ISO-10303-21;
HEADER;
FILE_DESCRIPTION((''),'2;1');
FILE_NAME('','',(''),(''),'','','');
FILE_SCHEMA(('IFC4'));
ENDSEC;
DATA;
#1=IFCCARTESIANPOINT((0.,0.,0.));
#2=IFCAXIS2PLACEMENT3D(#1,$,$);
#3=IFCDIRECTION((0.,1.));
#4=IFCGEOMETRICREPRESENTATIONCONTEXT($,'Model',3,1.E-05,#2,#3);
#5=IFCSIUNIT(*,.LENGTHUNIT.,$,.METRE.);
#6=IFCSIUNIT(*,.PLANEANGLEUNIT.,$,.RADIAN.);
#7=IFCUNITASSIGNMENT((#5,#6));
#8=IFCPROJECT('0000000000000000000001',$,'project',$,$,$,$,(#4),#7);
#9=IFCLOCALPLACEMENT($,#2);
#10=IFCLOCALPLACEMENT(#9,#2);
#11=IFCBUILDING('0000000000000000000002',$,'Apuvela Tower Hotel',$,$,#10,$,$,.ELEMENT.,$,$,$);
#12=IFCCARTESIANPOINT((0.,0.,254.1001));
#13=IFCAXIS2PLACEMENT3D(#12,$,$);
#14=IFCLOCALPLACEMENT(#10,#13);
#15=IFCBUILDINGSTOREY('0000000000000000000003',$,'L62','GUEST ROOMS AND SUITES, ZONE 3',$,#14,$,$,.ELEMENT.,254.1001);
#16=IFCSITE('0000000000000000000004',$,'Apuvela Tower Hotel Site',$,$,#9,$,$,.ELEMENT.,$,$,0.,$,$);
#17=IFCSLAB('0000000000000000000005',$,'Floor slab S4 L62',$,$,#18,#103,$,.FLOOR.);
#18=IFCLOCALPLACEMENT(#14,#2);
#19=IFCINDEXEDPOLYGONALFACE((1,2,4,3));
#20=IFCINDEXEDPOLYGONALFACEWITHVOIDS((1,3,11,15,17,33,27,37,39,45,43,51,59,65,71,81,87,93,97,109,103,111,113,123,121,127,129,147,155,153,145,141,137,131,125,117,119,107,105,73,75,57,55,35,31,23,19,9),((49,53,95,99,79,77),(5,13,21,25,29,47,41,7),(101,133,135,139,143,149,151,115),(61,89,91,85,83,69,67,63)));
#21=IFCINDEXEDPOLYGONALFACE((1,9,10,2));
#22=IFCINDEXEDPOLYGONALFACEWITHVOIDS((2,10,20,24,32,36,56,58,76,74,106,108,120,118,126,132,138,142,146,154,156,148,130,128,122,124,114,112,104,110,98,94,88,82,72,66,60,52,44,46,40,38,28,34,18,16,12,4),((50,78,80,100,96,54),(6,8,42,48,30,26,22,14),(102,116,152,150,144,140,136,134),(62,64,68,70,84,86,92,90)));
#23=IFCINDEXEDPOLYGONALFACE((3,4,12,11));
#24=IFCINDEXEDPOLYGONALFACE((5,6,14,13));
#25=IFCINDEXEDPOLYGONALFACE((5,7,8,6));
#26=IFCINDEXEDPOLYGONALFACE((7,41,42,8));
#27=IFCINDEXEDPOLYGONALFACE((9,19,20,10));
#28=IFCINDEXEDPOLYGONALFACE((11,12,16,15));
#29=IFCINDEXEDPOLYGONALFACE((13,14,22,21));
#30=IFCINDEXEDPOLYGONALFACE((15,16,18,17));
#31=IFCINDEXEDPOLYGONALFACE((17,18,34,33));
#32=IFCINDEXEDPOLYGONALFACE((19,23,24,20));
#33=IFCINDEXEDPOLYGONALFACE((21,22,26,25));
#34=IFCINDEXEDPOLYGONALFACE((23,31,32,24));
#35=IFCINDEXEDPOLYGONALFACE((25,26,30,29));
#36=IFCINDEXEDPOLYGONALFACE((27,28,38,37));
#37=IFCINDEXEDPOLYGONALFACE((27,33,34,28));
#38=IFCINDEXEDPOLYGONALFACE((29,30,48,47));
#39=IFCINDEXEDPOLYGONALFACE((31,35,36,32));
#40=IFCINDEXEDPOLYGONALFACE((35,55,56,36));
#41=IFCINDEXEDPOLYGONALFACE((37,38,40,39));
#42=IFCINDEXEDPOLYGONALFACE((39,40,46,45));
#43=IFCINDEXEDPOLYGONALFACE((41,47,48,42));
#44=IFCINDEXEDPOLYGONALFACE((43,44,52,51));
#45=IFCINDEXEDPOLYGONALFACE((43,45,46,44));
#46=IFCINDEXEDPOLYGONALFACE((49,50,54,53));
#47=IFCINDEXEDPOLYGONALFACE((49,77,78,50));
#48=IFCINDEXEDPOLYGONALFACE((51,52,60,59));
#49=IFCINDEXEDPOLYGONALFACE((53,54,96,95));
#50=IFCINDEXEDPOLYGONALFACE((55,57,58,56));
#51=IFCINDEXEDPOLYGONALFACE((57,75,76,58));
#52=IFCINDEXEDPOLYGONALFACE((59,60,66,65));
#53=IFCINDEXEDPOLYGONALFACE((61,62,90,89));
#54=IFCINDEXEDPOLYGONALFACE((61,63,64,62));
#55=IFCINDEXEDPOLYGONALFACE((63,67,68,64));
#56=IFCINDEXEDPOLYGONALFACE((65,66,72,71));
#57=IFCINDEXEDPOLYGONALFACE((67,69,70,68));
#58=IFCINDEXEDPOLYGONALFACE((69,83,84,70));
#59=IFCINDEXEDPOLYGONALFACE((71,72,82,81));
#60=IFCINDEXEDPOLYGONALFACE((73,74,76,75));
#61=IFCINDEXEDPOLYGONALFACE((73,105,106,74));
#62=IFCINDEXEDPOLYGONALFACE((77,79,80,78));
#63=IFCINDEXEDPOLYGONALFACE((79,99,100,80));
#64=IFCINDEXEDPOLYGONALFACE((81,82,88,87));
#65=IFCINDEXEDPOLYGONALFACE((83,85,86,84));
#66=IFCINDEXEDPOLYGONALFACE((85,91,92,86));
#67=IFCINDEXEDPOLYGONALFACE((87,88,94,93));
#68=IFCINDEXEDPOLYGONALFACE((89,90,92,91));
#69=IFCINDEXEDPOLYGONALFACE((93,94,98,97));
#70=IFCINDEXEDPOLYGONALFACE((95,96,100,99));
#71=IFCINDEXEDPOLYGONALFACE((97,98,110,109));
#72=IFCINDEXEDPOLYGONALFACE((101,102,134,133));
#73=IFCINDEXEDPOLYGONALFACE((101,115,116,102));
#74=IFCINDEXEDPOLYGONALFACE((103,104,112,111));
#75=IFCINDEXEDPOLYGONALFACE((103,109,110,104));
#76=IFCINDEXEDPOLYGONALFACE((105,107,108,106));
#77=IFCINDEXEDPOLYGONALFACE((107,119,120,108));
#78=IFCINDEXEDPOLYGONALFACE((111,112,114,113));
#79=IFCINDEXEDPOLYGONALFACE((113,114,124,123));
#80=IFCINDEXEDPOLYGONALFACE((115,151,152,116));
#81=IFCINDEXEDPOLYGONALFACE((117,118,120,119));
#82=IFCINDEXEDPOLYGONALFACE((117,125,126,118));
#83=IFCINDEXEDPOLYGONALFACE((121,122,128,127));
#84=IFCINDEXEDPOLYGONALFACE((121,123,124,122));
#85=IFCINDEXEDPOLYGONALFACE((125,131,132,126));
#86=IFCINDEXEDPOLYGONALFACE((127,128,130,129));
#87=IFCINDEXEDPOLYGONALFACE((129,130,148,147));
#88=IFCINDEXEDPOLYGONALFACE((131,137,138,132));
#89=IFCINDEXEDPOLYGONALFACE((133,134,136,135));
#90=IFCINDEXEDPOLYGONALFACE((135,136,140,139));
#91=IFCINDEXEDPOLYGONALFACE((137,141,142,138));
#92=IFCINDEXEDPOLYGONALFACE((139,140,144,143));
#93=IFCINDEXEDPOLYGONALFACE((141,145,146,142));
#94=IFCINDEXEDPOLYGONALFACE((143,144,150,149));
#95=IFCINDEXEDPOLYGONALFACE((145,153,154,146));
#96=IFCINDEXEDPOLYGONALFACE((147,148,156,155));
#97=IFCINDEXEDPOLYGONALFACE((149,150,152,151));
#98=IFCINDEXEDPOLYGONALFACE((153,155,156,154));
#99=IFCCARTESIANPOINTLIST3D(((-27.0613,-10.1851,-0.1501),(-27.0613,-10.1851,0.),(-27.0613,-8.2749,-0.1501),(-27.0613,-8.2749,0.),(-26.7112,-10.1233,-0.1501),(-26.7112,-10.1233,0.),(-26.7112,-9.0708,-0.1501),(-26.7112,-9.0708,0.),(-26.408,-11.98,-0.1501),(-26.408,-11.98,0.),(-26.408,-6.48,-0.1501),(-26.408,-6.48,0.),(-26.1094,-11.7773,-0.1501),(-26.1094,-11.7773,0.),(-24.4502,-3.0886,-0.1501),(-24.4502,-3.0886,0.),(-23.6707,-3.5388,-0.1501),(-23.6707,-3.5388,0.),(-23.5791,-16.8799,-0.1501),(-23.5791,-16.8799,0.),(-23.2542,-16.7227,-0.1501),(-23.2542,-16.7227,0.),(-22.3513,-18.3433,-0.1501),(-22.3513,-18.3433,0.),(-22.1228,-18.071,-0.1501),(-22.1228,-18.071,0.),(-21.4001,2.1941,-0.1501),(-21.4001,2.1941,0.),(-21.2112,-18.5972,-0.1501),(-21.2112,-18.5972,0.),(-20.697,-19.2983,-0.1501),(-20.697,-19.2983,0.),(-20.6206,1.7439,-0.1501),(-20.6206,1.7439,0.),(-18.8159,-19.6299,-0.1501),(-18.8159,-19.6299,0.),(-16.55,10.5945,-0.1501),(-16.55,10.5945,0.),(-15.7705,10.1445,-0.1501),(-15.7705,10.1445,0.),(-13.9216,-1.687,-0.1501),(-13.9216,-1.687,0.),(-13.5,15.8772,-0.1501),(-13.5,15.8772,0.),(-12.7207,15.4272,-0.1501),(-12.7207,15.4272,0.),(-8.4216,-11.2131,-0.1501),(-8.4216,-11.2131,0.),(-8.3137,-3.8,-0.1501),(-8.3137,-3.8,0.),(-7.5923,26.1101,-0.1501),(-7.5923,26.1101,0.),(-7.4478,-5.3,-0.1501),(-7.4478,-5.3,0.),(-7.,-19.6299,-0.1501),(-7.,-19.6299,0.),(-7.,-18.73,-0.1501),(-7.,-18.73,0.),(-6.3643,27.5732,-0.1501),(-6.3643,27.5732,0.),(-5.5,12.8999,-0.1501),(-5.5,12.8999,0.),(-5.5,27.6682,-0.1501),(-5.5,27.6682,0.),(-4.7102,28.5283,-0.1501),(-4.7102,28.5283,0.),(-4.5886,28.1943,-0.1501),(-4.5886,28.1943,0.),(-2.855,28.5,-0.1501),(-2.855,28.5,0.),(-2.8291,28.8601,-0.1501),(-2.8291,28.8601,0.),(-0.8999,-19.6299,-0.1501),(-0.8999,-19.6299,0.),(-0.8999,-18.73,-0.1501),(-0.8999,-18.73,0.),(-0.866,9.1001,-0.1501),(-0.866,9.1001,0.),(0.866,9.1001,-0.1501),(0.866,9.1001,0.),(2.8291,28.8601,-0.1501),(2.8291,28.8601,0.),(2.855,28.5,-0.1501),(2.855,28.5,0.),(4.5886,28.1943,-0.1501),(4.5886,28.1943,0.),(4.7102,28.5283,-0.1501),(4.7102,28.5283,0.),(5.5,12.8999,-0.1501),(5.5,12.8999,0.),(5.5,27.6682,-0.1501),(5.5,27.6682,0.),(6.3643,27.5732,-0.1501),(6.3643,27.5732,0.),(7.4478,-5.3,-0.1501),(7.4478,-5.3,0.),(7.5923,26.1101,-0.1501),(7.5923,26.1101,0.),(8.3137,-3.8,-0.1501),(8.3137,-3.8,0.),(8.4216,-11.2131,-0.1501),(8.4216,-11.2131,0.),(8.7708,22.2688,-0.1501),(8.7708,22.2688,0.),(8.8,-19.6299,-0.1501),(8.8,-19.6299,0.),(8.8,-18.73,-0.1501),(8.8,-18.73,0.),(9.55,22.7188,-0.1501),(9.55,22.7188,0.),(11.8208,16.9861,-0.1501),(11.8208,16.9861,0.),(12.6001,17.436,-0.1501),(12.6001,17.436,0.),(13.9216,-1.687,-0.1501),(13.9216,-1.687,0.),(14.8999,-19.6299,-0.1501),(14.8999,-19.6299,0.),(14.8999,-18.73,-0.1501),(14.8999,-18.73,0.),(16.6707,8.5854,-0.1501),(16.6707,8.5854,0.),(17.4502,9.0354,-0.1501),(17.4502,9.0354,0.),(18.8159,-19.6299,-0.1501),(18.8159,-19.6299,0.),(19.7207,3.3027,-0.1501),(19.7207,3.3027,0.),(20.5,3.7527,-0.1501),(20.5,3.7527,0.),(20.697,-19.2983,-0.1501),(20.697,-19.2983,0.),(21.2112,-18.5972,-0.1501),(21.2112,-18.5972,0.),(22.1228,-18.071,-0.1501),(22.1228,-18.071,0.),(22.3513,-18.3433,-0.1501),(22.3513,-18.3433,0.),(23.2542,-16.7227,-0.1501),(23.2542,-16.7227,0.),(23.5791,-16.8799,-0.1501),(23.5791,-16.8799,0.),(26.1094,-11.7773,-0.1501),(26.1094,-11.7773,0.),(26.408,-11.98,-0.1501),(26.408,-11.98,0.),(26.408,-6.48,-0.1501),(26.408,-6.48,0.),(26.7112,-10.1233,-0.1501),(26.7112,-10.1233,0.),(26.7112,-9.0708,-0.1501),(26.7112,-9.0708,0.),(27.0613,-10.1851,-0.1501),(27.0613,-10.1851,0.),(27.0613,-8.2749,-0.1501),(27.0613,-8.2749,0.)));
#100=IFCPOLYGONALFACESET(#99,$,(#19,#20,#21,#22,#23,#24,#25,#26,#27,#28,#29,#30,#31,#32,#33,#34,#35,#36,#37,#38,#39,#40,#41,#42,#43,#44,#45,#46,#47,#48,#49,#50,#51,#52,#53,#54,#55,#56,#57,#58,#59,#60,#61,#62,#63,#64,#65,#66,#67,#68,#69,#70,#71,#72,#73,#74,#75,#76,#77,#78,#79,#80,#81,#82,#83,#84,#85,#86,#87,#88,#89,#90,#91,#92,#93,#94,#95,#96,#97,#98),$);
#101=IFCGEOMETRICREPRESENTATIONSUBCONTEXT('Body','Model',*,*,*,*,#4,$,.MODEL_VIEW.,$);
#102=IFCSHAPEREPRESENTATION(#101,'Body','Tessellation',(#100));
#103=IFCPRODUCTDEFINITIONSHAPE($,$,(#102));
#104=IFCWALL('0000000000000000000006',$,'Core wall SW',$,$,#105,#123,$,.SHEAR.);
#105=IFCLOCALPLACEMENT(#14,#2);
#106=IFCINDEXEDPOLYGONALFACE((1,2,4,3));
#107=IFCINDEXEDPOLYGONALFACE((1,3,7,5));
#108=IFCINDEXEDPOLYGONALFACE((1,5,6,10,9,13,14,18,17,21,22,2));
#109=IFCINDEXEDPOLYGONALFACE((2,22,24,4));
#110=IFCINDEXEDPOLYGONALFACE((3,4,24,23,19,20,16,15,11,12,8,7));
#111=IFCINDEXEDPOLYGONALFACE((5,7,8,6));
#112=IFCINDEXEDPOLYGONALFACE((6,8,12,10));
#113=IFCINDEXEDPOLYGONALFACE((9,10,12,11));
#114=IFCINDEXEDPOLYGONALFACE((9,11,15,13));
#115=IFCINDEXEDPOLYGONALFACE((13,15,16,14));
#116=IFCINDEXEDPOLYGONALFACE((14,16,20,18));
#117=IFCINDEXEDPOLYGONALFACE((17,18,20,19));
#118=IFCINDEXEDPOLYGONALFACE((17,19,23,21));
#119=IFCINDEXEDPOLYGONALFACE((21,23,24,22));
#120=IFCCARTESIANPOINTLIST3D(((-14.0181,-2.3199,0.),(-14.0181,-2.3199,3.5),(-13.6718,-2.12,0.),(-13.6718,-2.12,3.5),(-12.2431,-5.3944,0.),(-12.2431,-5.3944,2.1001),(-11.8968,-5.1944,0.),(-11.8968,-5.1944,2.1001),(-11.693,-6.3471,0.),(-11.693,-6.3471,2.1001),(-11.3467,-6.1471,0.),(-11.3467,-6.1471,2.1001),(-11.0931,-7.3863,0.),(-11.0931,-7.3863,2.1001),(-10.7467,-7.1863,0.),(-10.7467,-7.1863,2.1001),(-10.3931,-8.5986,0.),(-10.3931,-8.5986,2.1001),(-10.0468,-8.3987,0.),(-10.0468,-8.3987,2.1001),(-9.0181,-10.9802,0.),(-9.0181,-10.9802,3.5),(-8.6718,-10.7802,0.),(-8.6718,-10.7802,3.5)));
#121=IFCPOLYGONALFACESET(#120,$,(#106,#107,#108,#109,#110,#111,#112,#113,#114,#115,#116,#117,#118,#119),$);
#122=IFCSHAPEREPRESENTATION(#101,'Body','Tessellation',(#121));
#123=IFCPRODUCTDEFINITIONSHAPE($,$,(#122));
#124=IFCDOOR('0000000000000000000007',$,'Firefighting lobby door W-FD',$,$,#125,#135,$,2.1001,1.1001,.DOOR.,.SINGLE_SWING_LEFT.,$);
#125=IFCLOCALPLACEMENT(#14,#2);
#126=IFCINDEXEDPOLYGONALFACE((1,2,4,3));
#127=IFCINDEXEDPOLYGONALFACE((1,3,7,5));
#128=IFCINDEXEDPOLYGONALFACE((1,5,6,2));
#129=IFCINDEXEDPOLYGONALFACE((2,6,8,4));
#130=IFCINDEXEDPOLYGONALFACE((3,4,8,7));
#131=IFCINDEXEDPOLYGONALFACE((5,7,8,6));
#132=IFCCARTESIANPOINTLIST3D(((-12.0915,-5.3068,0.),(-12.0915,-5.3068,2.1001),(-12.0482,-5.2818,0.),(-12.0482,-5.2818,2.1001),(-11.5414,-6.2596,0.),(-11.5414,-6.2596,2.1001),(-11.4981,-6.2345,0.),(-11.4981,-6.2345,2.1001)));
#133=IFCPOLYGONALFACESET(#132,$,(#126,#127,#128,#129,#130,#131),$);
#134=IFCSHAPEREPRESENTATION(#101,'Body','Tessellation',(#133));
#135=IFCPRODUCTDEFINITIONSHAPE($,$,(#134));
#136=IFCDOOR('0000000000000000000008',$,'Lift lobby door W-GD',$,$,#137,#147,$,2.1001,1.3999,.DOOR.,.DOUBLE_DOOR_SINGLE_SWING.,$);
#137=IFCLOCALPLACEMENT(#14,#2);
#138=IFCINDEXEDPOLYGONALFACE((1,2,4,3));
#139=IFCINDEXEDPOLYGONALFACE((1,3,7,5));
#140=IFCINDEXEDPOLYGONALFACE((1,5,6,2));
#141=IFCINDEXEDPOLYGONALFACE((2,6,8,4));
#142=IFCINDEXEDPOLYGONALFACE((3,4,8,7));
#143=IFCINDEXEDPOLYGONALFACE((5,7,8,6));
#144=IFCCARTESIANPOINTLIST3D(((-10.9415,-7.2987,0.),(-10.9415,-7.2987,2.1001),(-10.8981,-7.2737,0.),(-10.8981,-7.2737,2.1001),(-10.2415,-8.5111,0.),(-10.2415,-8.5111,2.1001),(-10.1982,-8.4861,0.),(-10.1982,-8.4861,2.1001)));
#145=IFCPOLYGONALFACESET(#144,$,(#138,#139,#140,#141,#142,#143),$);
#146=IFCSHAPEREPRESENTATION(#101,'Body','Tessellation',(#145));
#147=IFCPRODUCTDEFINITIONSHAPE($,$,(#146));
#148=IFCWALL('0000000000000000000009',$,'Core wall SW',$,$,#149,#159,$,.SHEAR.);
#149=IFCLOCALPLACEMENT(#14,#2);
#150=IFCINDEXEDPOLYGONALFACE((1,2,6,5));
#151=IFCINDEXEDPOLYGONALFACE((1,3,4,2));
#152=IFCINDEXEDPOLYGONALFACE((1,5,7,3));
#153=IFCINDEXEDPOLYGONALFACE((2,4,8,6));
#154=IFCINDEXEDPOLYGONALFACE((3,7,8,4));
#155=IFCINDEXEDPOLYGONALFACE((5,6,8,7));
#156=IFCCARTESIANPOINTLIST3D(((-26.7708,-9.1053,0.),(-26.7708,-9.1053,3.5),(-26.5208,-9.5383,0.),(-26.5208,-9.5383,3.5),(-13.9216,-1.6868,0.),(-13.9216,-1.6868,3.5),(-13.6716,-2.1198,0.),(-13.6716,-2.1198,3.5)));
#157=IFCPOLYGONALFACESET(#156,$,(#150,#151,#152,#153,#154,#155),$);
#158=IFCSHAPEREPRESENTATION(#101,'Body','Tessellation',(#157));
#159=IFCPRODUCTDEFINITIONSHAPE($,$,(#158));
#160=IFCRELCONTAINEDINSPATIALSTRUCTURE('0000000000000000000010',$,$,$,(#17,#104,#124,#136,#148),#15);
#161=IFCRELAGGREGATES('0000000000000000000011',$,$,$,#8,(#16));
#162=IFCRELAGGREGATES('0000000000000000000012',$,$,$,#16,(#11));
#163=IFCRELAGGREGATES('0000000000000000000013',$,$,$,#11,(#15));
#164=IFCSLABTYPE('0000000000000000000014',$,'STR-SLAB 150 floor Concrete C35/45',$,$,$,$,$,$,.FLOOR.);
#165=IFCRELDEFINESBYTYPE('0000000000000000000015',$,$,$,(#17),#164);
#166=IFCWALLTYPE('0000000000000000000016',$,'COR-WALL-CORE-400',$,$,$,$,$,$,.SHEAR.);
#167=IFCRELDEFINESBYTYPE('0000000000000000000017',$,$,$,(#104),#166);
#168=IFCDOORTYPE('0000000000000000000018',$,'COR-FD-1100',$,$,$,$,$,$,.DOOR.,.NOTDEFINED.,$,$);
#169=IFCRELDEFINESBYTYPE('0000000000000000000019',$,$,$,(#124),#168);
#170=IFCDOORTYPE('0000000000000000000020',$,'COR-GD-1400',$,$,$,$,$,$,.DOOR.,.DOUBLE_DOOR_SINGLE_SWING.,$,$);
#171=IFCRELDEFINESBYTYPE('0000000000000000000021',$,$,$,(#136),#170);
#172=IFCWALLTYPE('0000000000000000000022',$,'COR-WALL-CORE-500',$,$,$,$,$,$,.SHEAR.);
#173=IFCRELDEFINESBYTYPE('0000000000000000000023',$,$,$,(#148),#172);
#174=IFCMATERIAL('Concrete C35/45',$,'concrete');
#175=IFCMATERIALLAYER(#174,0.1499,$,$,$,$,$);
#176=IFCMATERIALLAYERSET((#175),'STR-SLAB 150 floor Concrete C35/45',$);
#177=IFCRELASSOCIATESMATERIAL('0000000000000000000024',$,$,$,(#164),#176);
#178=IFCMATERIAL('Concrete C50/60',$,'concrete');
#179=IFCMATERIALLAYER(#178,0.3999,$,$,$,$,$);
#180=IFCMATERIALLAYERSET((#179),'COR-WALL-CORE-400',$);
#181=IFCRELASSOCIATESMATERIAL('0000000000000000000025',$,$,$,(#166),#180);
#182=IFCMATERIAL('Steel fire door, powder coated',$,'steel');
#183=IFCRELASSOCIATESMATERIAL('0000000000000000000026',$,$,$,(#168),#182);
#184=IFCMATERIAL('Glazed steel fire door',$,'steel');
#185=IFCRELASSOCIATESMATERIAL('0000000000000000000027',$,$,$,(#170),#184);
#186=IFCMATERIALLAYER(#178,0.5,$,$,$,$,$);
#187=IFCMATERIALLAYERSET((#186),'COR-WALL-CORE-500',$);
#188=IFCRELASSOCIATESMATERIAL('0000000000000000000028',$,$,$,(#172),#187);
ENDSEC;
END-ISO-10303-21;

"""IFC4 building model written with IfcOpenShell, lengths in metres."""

from ifc_helpers import new_model, si_unit, direction, frame, frame_2d, origin, place, context, subcontext, project, spatial, polyline, rectangle, outline, extrude, material, layer, layer_set, type_object, element, fill, save


model = new_model("IFC4")

# Units and contexts
model_context = context("Model", 3, precision=1e-05, world=origin(), true_north=direction((0.0, 1.0)))
body_context = subcontext(model_context, "Body", "Model", "MODEL_VIEW")
ifc_project = project(units=[si_unit("LENGTHUNIT", "METRE"), si_unit("PLANEANGLEUNIT", "RADIAN")], contexts=[model_context])

# Site, building, storey
site_placement = place(None, origin())
site = spatial("IfcSite", under=ifc_project, at=site_placement, Name="Apuvela Tower Hotel Site", CompositionType="ELEMENT", RefElevation=0.0)
building_placement = place(site_placement, origin())
building = spatial("IfcBuilding", under=site, at=building_placement, Name="Apuvela Tower Hotel", CompositionType="ELEMENT")
storey_placement = place(building_placement, frame((0.0, 0.0, 254.1001)))
storey = spatial("IfcBuildingStorey", under=building, at=storey_placement, Name="L62", Description="GUEST ROOMS AND SUITES, ZONE 3", CompositionType="ELEMENT", Elevation=254.1001)

# Slab
ifc_material_1 = material(Name="Concrete C35/45", Category="concrete")
ifc_layer_1 = layer(ifc_material_1, 0.1499)
ifc_layer_set_1 = layer_set([ifc_layer_1], Name="STR-SLAB 150 floor Concrete C35/45")
slab_type_1 = type_object("IfcSlabType", Name="STR-SLAB 150 floor Concrete C35/45", PredefinedType="FLOOR", material=ifc_layer_set_1)
slab_1_placement = place(storey_placement, frame((0.0, 0.0, -0.1501)))
element("IfcSlab", 1, at=slab_1_placement, inside=storey, type_object=slab_type_1, Name="Floor slab S4 L62", PredefinedType="FLOOR", context=body_context, shape_type="SweptSolid", body=[
    extrude(outline(polyline([(-6.3643, 27.5732), (-4.7102, 28.5283), (-2.8291, 28.8601), (2.8291, 28.8601), (4.7102, 28.5283), (6.3643, 27.5732), (7.5923, 26.1101), (9.55, 22.7188), (8.7708, 22.2688), (11.8208, 16.9861), (12.6001, 17.436), (17.4502, 9.0354), (16.6707, 8.5854), (19.7207, 3.3027), (20.5, 3.7527), (26.408, -6.48), (27.0613, -8.2749), (27.0613, -10.1851), (26.408, -11.98), (23.5791, -16.8799), (22.3513, -18.3433), (20.697, -19.2983), (18.8159, -19.6299), (14.8999, -19.6299), (14.8999, -18.73), (8.8, -18.73), (8.8, -19.6299), (-0.8999, -19.6299), (-0.8999, -18.73), (-7.0, -18.73), (-7.0, -19.6299), (-18.8159, -19.6299), (-20.697, -19.2983), (-22.3513, -18.3433), (-23.5791, -16.8799), (-26.408, -11.98), (-27.0613, -10.1851), (-27.0613, -8.2749), (-26.408, -6.48), (-24.4502, -3.0886), (-23.6707, -3.5388), (-20.6206, 1.7439), (-21.4001, 2.1941), (-16.55, 10.5945), (-15.7705, 10.1445), (-12.7207, 15.4272), (-13.5, 15.8772), (-7.5923, 26.1101), (-6.3643, 27.5732)]), holes=[polyline([(0.866, 9.1001), (-0.866, 9.1001), (-8.3137, -3.8), (-7.4478, -5.3), (7.4478, -5.3), (8.3137, -3.8), (0.866, 9.1001)]), polyline([(-5.5, 12.8999), (-5.5, 27.6682), (-4.5886, 28.1943), (-2.855, 28.5), (2.855, 28.5), (4.5886, 28.1943), (5.5, 27.6682), (5.5, 12.8999), (-5.5, 12.8999)]), polyline([(-8.4216, -11.2131), (-21.2112, -18.5972), (-22.1228, -18.071), (-23.2542, -16.7227), (-26.1094, -11.7773), (-26.7112, -10.1233), (-26.7112, -9.0708), (-13.9216, -1.687), (-8.4216, -11.2131)]), polyline([(13.9216, -1.687), (26.7112, -9.0708), (26.7112, -10.1233), (26.1094, -11.7773), (23.2542, -16.7227), (22.1228, -18.071), (21.2112, -18.5972), (8.4216, -11.2131), (13.9216, -1.687)])]), origin(), (0.0, 0.0, 1.0), 0.1501),
])

# Wall, openings, doors
ifc_material_2 = material(Name="Concrete C50/60", Category="concrete")
ifc_layer_2 = layer(ifc_material_2, 0.3999)
ifc_layer_set_2 = layer_set([ifc_layer_2], Name="COR-WALL-CORE-400")
wall_type_1 = type_object("IfcWallType", Name="COR-WALL-CORE-400", PredefinedType="SHEAR", material=ifc_layer_set_2)
wall_1_placement = place(storey_placement, frame((-13.845, -2.22, 0.0), z_axis=(0.0, 0.0, 1.0), x_axis=(0.500004, -0.866023, 0.0)))
wall_1 = element("IfcWall", 2, at=wall_1_placement, inside=storey, type_object=wall_type_1, Name="Core wall SW", PredefinedType="SHEAR", context=body_context, shape_type="SweptSolid", body=[
    extrude(rectangle(XDim=10.0, YDim=0.3999, at=frame_2d((5.0, 0.0))), origin(), (0.0, 0.0, 1.0), 3.5),
])
opening_1_placement = place(wall_1_placement, frame((3.55, 0.0, 0.0)))
opening_1 = element("IfcOpeningElement", 3, at=opening_1_placement, cuts=wall_1, PredefinedType="OPENING", context=body_context, shape_type="SweptSolid", body=[
    extrude(rectangle(XDim=1.1001, YDim=2.1001, at=frame_2d((0.55, 1.05))), frame((0.0, 0.21, 0.0), z_axis=(0.0, -1.0, 0.0), x_axis=(1.0, 0.0, 0.0)), (0.0, 0.0, 1.0), 0.4199),
])
opening_2_placement = place(wall_1_placement, frame((5.8501, 0.0, 0.0)))
opening_2 = element("IfcOpeningElement", 4, at=opening_2_placement, cuts=wall_1, PredefinedType="OPENING", context=body_context, shape_type="SweptSolid", body=[
    extrude(rectangle(XDim=1.3999, YDim=2.1001, at=frame_2d((0.7, 1.05))), frame((0.0, 0.21, 0.0), z_axis=(0.0, -1.0, 0.0), x_axis=(1.0, 0.0, 0.0)), (0.0, 0.0, 1.0), 0.4199),
])
ifc_material_3 = material(Name="Steel fire door, powder coated", Category="steel")
door_type_1 = type_object("IfcDoorType", Name="COR-FD-1100", OperationType="NOTDEFINED", PredefinedType="DOOR", material=ifc_material_3)
door_1_placement = place(opening_1_placement, frame((1.1001, 0.0, 0.0), z_axis=(0.0, 0.0, 1.0), x_axis=(-1.0, 0.0, 0.0)))
door_1 = element("IfcDoor", 5, at=door_1_placement, inside=storey, type_object=door_type_1, Name="Firefighting lobby door W-FD", OperationType="SINGLE_SWING_LEFT", OverallHeight=2.1001, OverallWidth=1.1001, PredefinedType="DOOR", context=body_context, shape_type="SweptSolid", body=[
    extrude(rectangle(XDim=1.1001, YDim=2.1001, at=frame_2d((0.55, 1.05))), frame((0.0, 0.0249, 0.0), z_axis=(0.0, -1.0, 0.0), x_axis=(1.0, 0.0, 0.0)), (0.0, 0.0, 1.0), 0.05),
])
fill(opening_1, door_1)
ifc_material_4 = material(Name="Glazed steel fire door", Category="steel")
door_type_2 = type_object("IfcDoorType", Name="COR-GD-1400", OperationType="DOUBLE_DOOR_SINGLE_SWING", PredefinedType="DOOR", material=ifc_material_4)
door_2_placement = place(opening_2_placement, frame((1.3999, 0.0, 0.0), z_axis=(0.0, 0.0, 1.0), x_axis=(-1.0, 0.0, 0.0)))
door_2 = element("IfcDoor", 6, at=door_2_placement, inside=storey, type_object=door_type_2, Name="Lift lobby door W-GD", OperationType="DOUBLE_DOOR_SINGLE_SWING", OverallHeight=2.1001, OverallWidth=1.3999, PredefinedType="DOOR", context=body_context, shape_type="SweptSolid", body=[
    extrude(rectangle(XDim=1.3999, YDim=2.1001, at=frame_2d((0.7, 1.05))), frame((0.0, 0.0249, 0.0), z_axis=(0.0, -1.0, 0.0), x_axis=(1.0, 0.0, 0.0)), (0.0, 0.0, 1.0), 0.05),
])
fill(opening_2, door_2)

# Wall
ifc_layer_3 = layer(ifc_material_2, 0.5)
ifc_layer_set_3 = layer_set([ifc_layer_3], Name="COR-WALL-CORE-500")
wall_type_2 = type_object("IfcWallType", Name="COR-WALL-CORE-500", PredefinedType="SHEAR", material=ifc_layer_set_3)
wall_2_placement = place(storey_placement, frame((-13.7966, -1.9033, 0.0), z_axis=(0.0, 0.0, 1.0), x_axis=(-0.866025, -0.500001, 0.0)))
element("IfcWall", 7, at=wall_2_placement, inside=storey, type_object=wall_type_2, Name="Core wall SW", PredefinedType="SHEAR", context=body_context, shape_type="SweptSolid", body=[
    extrude(rectangle(XDim=14.8369, YDim=0.5, at=frame_2d((7.4185, 0.0))), origin(), (0.0, 0.0, 1.0), 3.5),
])

save(model, "model.ifc")
